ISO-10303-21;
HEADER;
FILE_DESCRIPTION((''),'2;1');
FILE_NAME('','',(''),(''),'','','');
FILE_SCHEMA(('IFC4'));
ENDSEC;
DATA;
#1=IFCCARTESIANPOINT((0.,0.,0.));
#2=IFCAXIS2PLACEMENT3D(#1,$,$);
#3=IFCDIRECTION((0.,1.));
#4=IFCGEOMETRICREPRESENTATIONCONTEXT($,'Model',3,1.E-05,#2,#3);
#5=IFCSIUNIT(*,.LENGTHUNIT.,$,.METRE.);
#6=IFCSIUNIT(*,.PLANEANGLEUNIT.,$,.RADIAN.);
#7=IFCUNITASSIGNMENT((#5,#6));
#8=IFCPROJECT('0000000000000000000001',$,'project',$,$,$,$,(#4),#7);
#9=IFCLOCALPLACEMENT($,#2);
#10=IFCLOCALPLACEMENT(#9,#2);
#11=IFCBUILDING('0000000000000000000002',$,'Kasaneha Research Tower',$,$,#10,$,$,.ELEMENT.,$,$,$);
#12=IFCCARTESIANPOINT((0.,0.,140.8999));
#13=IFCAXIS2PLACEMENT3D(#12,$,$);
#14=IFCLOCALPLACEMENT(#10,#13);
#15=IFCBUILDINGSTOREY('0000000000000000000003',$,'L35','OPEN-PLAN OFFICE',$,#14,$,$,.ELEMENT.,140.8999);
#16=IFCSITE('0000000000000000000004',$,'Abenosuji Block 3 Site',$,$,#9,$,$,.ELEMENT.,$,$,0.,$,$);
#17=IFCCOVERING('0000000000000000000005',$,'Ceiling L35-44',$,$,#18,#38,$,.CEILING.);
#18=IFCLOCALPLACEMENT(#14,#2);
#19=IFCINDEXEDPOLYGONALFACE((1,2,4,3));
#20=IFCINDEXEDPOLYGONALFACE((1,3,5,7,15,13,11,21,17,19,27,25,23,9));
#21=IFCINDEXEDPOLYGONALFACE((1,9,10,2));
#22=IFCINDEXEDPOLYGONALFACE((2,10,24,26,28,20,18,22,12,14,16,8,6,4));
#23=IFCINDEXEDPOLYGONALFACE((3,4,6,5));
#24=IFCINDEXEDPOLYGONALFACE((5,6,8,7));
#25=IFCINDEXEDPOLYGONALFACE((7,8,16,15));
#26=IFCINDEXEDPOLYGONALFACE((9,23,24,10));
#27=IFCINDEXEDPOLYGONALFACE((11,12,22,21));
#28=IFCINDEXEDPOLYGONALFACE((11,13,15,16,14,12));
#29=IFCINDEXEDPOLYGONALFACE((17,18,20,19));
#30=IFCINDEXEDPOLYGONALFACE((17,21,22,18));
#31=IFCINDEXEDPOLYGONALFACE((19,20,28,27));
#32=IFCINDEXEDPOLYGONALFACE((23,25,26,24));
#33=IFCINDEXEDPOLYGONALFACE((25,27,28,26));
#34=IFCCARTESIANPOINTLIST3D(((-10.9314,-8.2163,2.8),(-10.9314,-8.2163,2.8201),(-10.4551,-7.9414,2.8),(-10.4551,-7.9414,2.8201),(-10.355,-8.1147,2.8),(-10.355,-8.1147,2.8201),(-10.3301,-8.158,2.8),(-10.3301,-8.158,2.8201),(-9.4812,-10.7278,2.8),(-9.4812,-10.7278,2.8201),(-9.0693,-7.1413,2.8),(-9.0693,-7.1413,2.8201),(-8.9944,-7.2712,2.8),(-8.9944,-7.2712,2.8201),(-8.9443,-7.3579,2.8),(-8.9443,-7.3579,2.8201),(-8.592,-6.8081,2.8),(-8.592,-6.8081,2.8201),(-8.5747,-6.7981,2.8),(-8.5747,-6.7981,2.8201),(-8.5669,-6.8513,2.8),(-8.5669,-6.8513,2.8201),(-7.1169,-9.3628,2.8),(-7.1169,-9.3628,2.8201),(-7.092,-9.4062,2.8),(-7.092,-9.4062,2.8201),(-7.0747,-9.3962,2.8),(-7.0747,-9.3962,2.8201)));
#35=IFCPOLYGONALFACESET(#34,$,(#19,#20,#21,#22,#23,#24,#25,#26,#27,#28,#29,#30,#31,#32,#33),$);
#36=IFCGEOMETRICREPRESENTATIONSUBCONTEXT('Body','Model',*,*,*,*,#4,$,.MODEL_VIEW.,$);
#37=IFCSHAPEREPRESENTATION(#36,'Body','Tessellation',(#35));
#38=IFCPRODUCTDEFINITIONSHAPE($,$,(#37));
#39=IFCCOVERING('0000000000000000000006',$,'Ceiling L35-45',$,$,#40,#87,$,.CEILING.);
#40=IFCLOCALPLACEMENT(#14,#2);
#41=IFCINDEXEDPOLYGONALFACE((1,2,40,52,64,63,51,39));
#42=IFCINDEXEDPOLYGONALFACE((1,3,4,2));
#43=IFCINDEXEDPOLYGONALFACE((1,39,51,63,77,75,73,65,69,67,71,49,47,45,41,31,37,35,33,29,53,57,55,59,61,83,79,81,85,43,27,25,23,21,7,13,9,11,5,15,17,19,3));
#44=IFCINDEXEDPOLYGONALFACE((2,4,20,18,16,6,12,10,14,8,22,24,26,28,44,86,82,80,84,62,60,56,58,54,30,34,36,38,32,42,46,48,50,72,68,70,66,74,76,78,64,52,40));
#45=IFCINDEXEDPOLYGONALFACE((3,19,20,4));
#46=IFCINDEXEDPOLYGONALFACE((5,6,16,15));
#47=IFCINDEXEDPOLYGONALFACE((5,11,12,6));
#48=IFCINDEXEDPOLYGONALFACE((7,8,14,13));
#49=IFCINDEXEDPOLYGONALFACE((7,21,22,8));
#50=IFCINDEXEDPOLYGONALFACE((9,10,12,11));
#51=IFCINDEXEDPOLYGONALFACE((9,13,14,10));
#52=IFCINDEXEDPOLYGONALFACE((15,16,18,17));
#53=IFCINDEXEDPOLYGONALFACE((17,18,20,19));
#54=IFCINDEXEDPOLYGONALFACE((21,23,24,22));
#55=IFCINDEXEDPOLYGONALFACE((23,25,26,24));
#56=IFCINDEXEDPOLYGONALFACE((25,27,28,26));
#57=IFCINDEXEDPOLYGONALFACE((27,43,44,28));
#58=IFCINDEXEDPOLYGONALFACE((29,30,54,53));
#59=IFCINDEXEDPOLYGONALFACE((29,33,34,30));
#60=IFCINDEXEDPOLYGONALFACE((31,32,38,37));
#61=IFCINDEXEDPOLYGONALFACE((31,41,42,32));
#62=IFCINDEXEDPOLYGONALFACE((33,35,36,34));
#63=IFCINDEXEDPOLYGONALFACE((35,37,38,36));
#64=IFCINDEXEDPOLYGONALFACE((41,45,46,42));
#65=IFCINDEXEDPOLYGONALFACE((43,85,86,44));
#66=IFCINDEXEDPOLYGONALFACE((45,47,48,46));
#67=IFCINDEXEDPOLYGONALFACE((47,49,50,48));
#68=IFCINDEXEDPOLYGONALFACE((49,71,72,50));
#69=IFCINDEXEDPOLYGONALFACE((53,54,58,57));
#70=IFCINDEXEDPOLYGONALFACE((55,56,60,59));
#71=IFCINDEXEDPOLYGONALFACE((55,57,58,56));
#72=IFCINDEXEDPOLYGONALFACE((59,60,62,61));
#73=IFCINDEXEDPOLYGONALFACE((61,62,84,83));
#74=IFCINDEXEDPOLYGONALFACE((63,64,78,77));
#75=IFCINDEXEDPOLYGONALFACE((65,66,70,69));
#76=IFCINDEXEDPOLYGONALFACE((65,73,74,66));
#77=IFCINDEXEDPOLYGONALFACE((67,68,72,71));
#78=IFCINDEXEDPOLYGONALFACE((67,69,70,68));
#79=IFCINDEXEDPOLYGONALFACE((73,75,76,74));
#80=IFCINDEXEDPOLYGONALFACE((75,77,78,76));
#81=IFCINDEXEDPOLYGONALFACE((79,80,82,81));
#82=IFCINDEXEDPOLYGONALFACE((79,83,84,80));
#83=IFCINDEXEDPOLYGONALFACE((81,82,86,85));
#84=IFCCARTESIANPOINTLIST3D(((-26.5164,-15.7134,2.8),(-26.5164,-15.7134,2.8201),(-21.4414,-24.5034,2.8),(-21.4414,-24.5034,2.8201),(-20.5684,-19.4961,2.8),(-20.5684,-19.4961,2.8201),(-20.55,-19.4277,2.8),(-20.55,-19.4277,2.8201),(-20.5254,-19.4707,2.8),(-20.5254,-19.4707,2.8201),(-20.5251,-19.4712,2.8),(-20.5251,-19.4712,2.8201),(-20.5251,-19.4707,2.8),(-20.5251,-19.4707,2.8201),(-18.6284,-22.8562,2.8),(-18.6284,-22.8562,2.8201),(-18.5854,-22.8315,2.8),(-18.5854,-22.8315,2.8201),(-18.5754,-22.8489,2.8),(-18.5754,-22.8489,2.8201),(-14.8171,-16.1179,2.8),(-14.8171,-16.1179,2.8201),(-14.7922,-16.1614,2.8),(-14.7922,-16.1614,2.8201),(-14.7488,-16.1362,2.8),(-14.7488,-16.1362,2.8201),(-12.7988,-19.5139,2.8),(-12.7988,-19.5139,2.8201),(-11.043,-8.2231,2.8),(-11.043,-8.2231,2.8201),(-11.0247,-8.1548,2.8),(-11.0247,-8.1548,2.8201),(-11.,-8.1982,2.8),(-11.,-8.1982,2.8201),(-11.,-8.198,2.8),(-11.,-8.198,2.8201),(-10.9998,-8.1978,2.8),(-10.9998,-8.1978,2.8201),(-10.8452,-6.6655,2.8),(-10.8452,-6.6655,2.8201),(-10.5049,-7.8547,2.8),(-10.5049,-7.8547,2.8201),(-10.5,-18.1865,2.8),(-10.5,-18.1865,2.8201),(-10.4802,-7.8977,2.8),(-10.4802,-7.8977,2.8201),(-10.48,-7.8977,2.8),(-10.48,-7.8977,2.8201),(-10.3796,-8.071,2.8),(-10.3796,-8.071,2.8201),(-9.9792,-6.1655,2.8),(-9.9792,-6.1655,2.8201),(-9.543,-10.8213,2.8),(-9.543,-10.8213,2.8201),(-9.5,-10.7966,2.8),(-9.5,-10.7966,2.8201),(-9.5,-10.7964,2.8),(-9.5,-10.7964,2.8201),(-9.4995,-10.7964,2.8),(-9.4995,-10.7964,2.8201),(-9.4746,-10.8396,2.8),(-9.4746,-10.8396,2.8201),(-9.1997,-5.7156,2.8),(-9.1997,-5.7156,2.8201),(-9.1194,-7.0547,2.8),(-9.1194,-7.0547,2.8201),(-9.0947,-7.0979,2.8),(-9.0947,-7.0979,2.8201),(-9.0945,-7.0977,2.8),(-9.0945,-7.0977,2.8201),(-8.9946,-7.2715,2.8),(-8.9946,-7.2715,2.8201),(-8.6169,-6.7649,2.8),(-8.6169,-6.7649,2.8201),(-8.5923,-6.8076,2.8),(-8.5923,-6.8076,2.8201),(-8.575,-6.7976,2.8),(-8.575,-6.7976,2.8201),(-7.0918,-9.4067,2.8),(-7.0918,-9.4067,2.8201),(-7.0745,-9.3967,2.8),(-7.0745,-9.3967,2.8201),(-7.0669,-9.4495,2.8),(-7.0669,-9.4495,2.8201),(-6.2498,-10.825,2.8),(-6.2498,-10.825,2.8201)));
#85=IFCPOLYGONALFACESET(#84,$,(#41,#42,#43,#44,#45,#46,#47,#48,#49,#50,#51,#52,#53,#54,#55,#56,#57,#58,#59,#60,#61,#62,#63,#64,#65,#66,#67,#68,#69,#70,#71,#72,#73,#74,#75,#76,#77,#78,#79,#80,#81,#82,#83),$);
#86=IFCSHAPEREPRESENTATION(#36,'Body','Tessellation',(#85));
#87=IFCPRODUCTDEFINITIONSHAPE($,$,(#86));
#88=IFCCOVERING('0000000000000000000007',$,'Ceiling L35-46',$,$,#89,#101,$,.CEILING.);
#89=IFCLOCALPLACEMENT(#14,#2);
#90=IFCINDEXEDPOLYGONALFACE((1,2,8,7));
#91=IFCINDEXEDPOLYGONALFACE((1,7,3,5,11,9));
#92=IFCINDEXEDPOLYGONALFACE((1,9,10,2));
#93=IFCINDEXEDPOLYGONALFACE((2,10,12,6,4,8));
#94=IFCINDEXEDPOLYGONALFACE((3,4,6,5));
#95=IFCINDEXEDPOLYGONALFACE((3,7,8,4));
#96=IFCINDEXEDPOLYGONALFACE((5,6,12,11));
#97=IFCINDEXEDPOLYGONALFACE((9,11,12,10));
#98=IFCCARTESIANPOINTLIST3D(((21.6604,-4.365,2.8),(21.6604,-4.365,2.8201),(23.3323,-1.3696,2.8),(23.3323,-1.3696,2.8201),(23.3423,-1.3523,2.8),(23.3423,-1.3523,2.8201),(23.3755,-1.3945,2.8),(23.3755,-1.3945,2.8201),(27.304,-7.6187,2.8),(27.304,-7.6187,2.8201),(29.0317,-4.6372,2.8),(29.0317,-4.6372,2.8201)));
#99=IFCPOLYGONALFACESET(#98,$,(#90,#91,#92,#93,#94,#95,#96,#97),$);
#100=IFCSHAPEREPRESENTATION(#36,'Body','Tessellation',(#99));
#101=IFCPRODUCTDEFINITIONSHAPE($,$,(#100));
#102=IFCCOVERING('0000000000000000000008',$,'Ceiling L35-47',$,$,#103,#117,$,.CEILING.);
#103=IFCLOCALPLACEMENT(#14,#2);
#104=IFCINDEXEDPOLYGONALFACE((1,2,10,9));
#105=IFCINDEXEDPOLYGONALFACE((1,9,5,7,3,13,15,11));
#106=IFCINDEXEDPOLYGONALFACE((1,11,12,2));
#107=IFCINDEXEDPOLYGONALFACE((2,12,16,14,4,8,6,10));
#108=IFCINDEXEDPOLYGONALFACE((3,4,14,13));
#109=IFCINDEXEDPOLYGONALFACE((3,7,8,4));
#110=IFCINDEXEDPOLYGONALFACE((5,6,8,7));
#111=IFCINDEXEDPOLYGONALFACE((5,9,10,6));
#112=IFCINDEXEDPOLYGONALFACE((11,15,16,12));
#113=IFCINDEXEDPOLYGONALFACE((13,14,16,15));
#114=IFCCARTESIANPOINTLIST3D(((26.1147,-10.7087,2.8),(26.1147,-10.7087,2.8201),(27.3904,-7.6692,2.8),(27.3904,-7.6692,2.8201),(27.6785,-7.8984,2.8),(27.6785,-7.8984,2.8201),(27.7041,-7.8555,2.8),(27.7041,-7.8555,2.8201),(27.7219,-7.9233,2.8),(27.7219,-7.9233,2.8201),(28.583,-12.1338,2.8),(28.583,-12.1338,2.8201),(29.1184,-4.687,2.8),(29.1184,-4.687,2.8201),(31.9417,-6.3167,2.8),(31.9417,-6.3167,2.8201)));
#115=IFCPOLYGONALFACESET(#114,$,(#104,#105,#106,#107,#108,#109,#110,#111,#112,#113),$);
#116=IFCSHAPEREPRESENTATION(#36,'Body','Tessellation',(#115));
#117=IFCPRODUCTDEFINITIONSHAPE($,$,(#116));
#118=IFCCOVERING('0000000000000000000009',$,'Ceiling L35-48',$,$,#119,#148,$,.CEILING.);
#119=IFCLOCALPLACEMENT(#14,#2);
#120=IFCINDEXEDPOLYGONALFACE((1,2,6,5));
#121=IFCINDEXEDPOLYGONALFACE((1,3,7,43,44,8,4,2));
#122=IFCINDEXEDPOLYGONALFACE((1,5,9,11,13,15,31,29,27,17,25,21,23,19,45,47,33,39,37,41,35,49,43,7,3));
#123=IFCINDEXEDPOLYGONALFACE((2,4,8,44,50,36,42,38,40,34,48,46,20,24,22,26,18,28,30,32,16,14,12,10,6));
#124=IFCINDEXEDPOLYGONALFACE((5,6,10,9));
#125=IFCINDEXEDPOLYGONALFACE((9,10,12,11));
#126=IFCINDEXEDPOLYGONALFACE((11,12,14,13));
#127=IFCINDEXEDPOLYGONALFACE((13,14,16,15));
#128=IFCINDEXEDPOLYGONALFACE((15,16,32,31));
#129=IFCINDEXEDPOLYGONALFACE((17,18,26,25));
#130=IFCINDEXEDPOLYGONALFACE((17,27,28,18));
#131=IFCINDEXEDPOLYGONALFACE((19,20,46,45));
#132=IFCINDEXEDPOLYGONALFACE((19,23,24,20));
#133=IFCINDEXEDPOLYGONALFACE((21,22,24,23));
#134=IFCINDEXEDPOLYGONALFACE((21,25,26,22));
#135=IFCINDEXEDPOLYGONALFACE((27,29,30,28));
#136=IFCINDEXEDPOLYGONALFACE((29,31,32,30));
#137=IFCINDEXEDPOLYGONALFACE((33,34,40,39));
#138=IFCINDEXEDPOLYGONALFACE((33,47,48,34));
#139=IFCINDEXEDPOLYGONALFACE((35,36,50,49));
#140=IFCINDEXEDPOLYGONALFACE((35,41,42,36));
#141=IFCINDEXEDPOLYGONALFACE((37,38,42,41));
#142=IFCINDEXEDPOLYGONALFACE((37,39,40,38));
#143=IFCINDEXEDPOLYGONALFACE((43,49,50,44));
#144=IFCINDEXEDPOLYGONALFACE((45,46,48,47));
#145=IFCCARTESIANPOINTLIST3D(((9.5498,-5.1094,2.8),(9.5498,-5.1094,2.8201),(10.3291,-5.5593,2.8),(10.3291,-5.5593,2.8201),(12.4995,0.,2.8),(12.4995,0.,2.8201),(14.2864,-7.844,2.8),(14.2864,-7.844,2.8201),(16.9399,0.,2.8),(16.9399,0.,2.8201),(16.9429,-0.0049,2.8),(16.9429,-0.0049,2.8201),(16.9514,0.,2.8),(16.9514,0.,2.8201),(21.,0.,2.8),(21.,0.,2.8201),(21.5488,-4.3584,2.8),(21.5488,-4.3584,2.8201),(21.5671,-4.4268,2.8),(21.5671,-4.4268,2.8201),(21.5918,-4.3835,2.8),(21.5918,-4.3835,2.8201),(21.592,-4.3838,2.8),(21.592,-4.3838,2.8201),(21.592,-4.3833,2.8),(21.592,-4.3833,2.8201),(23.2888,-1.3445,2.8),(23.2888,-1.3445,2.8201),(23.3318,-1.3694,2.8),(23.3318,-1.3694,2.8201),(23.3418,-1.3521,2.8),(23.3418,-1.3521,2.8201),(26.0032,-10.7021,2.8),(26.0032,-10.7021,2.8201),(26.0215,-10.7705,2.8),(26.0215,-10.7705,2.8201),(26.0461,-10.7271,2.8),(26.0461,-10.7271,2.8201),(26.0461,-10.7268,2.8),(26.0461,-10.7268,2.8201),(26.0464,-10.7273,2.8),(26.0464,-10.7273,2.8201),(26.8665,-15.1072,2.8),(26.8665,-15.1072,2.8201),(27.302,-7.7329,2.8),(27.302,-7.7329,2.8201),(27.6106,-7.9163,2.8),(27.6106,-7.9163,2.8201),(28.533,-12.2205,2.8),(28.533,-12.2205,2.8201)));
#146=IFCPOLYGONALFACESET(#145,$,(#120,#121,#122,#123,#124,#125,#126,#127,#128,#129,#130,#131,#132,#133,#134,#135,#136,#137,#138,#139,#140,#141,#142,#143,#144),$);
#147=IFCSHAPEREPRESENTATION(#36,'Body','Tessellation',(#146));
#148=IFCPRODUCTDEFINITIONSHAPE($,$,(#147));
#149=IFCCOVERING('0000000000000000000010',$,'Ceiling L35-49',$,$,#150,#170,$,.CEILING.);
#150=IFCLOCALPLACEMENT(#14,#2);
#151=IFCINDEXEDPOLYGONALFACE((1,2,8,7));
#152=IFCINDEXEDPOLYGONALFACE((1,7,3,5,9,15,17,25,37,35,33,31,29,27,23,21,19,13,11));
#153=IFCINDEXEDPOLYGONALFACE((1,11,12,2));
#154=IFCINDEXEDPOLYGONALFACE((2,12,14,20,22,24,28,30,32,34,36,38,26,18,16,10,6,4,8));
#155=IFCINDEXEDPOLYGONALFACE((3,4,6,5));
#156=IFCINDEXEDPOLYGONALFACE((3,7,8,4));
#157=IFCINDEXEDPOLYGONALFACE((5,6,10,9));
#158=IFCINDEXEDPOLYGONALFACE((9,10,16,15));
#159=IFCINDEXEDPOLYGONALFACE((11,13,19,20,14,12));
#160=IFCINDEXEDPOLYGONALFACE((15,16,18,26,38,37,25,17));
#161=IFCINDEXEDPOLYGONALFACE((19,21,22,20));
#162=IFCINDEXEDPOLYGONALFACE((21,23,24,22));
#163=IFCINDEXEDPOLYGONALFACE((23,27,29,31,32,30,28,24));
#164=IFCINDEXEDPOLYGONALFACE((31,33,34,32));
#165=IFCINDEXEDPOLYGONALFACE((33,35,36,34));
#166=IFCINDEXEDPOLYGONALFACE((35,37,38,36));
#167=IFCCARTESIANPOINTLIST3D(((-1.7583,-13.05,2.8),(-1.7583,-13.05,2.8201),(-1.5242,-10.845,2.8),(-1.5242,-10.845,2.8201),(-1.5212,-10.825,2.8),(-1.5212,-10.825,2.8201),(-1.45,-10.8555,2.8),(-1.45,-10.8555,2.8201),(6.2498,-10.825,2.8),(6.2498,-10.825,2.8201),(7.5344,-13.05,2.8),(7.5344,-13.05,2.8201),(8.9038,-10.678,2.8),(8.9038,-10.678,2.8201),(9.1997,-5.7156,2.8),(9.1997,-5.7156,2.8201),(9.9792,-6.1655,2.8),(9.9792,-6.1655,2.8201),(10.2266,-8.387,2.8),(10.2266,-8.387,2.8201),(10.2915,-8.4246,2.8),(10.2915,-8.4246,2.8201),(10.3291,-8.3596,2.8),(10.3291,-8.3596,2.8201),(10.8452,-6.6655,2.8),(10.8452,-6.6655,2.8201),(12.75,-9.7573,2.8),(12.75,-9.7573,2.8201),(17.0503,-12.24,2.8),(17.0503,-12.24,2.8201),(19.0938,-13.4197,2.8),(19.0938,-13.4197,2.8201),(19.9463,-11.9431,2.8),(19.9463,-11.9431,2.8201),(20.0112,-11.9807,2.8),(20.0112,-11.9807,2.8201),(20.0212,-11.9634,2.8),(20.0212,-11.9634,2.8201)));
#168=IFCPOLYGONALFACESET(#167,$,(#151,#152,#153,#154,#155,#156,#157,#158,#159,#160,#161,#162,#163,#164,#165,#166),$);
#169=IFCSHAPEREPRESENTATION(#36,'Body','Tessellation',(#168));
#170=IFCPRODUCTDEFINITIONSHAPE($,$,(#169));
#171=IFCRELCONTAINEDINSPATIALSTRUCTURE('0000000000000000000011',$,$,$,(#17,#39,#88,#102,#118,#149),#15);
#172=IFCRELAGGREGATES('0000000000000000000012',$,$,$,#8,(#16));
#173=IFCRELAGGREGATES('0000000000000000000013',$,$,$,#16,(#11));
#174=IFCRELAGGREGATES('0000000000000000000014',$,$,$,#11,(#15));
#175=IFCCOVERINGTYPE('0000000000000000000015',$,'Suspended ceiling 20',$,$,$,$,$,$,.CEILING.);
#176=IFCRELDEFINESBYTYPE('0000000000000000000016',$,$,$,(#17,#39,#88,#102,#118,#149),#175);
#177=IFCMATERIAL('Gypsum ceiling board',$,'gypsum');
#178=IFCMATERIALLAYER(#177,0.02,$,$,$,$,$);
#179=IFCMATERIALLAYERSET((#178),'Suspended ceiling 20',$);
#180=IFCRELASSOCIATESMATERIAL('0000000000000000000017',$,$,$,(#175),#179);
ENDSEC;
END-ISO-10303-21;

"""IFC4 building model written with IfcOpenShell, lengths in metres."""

from ifc_helpers import new_model, si_unit, direction, frame, origin, place, context, subcontext, project, spatial, polyline, outline, extrude, material, layer, layer_set, type_object, element, save


model = new_model("IFC4")

# Units and contexts
model_context = context("Model", 3, precision=1e-05, world=origin(), true_north=direction((0.0, 1.0)))
body_context = subcontext(model_context, "Body", "Model", "MODEL_VIEW")
ifc_project = project(units=[si_unit("LENGTHUNIT", "METRE"), si_unit("PLANEANGLEUNIT", "RADIAN")], contexts=[model_context])

# Site, building, storey
site_placement = place(None, origin())
site = spatial("IfcSite", under=ifc_project, at=site_placement, Name="Abenosuji Block 3 Site", CompositionType="ELEMENT", RefElevation=0.0)
building_placement = place(site_placement, origin())
building = spatial("IfcBuilding", under=site, at=building_placement, Name="Kasaneha Research Tower", CompositionType="ELEMENT")
storey_placement = place(building_placement, frame((0.0, 0.0, 140.8999)))
storey = spatial("IfcBuildingStorey", under=building, at=storey_placement, Name="L35", Description="OPEN-PLAN OFFICE", CompositionType="ELEMENT", Elevation=140.8999)

# Coverings
ifc_material_1 = material(Name="Gypsum ceiling board", Category="gypsum")
ifc_layer_1 = layer(ifc_material_1, 0.02)
ifc_layer_set_1 = layer_set([ifc_layer_1], Name="Suspended ceiling 20")
covering_type_1 = type_object("IfcCoveringType", Name="Suspended ceiling 20", PredefinedType="CEILING", material=ifc_layer_set_1)
covering_1_placement = place(storey_placement, frame((0.0, 0.0, 2.8)))
element("IfcCovering", 1, at=covering_1_placement, inside=storey, type_object=covering_type_1, Name="Ceiling L35-44", PredefinedType="CEILING", context=body_context, shape_type="SweptSolid", body=[
    extrude(outline(polyline([(-10.355, -8.1147), (-10.355, -8.1147), (-10.3301, -8.158), (-8.9443, -7.3579), (-8.9944, -7.2712), (-8.9944, -7.2712), (-9.0942, -7.0981), (-9.0942, -7.0981), (-9.0693, -7.1414), (-8.5669, -6.8513), (-8.592, -6.8081), (-8.5747, -6.7981), (-7.0747, -9.3962), (-7.092, -9.4062), (-7.1169, -9.3628), (-9.4812, -10.7278), (-10.9314, -8.2163), (-10.4551, -7.9414), (-10.355, -8.1147)])), origin(), (0.0, 0.0, 1.0), 0.02),
])
covering_2_placement = place(storey_placement, frame((0.0, 0.0, 2.8)))
element("IfcCovering", 2, at=covering_2_placement, inside=storey, type_object=covering_type_1, Name="Ceiling L35-45", PredefinedType="CEILING", context=body_context, shape_type="SweptSolid", body=[
    extrude(outline(polyline([(-9.9792, -6.1655), (-9.9792, -6.1655), (-9.1997, -5.7156), (-8.575, -6.7976), (-8.5923, -6.8076), (-8.6169, -6.7649), (-9.1194, -7.0547), (-9.0945, -7.0977), (-9.0947, -7.0979), (-8.9946, -7.2715), (-10.3796, -8.071), (-10.48, -7.8977), (-10.4802, -7.8977), (-10.5049, -7.8547), (-11.0247, -8.1548), (-10.9998, -8.1978), (-11.0, -8.198), (-11.0, -8.1982), (-11.043, -8.2231), (-9.543, -10.8213), (-9.5, -10.7964), (-9.5, -10.7966), (-9.4995, -10.7964), (-9.4746, -10.8396), (-7.0669, -9.4495), (-7.0918, -9.4067), (-7.0745, -9.3967), (-6.2498, -10.825), (-10.5, -18.1865), (-12.7988, -19.5139), (-14.7488, -16.1362), (-14.7922, -16.1614), (-14.8171, -16.1179), (-20.55, -19.4277), (-20.5251, -19.4707), (-20.5254, -19.4707), (-20.5251, -19.4712), (-20.5684, -19.4961), (-18.6284, -22.8562), (-18.5854, -22.8315), (-18.5754, -22.8489), (-21.4414, -24.5034), (-26.5164, -15.7134), (-10.8452, -6.6655), (-10.8452, -6.6655), (-9.9792, -6.1655)])), origin(), (0.0, 0.0, 1.0), 0.02),
])
covering_3_placement = place(storey_placement, frame((0.0, 0.0, 2.8)))
element("IfcCovering", 3, at=covering_3_placement, inside=storey, type_object=covering_type_1, Name="Ceiling L35-46", PredefinedType="CEILING", context=body_context, shape_type="SweptSolid", body=[
    extrude(outline(polyline([(29.0317, -4.6372), (27.304, -7.6187), (21.6604, -4.365), (23.3755, -1.3945), (23.3323, -1.3696), (23.3423, -1.3523), (29.0317, -4.6372)])), origin(), (0.0, 0.0, 1.0), 0.02),
])
covering_4_placement = place(storey_placement, frame((0.0, 0.0, 2.8)))
element("IfcCovering", 4, at=covering_4_placement, inside=storey, type_object=covering_type_1, Name="Ceiling L35-47", PredefinedType="CEILING", context=body_context, shape_type="SweptSolid", body=[
    extrude(outline(polyline([(31.9417, -6.3167), (28.583, -12.1338), (26.1147, -10.7087), (27.7219, -7.9233), (27.6785, -7.8984), (27.7041, -7.8555), (27.3904, -7.6692), (29.1184, -4.687), (31.9417, -6.3167)])), origin(), (0.0, 0.0, 1.0), 0.02),
])
covering_5_placement = place(storey_placement, frame((0.0, 0.0, 2.8)))
element("IfcCovering", 5, at=covering_5_placement, inside=storey, type_object=covering_type_1, Name="Ceiling L35-48", PredefinedType="CEILING", context=body_context, shape_type="SweptSolid", body=[
    extrude(outline(polyline([(9.5498, -5.1094), (12.4995, 0.0), (16.9399, 0.0), (16.9429, -0.0049), (16.9514, 0.0), (21.0, 0.0), (23.3418, -1.3521), (23.3318, -1.3694), (23.2888, -1.3445), (21.5488, -4.3584), (21.592, -4.3833), (21.5918, -4.3835), (21.592, -4.3838), (21.5671, -4.4268), (27.302, -7.7329), (27.302, -7.7329), (27.6106, -7.9163), (26.0032, -10.7021), (26.0461, -10.7268), (26.0461, -10.7271), (26.0464, -10.7273), (26.0215, -10.7705), (28.533, -12.2205), (26.8665, -15.1072), (14.2864, -7.844), (10.3291, -5.5593), (10.3291, -5.5593), (9.5498, -5.1094)])), origin(), (0.0, 0.0, 1.0), 0.02),
])
covering_6_placement = place(storey_placement, frame((0.0, 0.0, 2.8)))
element("IfcCovering", 6, at=covering_6_placement, inside=storey, type_object=covering_type_1, Name="Ceiling L35-49", PredefinedType="CEILING", context=body_context, shape_type="SweptSolid", body=[
    extrude(outline(polyline([(10.2915, -8.4246), (10.2266, -8.387), (8.9038, -10.678), (8.9038, -10.678), (7.5344, -13.05), (-1.7583, -13.05), (-1.45, -10.8555), (-1.5242, -10.845), (-1.5212, -10.825), (6.2498, -10.825), (9.1997, -5.7156), (9.9792, -6.1655), (9.9792, -6.1655), (10.8452, -6.6655), (10.8452, -6.6655), (20.0212, -11.9634), (20.0112, -11.9807), (19.9463, -11.9431), (19.0938, -13.4197), (17.0503, -12.24), (17.0503, -12.24), (12.75, -9.7573), (12.75, -9.7573), (10.3291, -8.3596), (10.2915, -8.4246), (10.2915, -8.4246), (10.2915, -8.4246)])), origin(), (0.0, 0.0, 1.0), 0.02),
])

save(model, "model.ifc")
